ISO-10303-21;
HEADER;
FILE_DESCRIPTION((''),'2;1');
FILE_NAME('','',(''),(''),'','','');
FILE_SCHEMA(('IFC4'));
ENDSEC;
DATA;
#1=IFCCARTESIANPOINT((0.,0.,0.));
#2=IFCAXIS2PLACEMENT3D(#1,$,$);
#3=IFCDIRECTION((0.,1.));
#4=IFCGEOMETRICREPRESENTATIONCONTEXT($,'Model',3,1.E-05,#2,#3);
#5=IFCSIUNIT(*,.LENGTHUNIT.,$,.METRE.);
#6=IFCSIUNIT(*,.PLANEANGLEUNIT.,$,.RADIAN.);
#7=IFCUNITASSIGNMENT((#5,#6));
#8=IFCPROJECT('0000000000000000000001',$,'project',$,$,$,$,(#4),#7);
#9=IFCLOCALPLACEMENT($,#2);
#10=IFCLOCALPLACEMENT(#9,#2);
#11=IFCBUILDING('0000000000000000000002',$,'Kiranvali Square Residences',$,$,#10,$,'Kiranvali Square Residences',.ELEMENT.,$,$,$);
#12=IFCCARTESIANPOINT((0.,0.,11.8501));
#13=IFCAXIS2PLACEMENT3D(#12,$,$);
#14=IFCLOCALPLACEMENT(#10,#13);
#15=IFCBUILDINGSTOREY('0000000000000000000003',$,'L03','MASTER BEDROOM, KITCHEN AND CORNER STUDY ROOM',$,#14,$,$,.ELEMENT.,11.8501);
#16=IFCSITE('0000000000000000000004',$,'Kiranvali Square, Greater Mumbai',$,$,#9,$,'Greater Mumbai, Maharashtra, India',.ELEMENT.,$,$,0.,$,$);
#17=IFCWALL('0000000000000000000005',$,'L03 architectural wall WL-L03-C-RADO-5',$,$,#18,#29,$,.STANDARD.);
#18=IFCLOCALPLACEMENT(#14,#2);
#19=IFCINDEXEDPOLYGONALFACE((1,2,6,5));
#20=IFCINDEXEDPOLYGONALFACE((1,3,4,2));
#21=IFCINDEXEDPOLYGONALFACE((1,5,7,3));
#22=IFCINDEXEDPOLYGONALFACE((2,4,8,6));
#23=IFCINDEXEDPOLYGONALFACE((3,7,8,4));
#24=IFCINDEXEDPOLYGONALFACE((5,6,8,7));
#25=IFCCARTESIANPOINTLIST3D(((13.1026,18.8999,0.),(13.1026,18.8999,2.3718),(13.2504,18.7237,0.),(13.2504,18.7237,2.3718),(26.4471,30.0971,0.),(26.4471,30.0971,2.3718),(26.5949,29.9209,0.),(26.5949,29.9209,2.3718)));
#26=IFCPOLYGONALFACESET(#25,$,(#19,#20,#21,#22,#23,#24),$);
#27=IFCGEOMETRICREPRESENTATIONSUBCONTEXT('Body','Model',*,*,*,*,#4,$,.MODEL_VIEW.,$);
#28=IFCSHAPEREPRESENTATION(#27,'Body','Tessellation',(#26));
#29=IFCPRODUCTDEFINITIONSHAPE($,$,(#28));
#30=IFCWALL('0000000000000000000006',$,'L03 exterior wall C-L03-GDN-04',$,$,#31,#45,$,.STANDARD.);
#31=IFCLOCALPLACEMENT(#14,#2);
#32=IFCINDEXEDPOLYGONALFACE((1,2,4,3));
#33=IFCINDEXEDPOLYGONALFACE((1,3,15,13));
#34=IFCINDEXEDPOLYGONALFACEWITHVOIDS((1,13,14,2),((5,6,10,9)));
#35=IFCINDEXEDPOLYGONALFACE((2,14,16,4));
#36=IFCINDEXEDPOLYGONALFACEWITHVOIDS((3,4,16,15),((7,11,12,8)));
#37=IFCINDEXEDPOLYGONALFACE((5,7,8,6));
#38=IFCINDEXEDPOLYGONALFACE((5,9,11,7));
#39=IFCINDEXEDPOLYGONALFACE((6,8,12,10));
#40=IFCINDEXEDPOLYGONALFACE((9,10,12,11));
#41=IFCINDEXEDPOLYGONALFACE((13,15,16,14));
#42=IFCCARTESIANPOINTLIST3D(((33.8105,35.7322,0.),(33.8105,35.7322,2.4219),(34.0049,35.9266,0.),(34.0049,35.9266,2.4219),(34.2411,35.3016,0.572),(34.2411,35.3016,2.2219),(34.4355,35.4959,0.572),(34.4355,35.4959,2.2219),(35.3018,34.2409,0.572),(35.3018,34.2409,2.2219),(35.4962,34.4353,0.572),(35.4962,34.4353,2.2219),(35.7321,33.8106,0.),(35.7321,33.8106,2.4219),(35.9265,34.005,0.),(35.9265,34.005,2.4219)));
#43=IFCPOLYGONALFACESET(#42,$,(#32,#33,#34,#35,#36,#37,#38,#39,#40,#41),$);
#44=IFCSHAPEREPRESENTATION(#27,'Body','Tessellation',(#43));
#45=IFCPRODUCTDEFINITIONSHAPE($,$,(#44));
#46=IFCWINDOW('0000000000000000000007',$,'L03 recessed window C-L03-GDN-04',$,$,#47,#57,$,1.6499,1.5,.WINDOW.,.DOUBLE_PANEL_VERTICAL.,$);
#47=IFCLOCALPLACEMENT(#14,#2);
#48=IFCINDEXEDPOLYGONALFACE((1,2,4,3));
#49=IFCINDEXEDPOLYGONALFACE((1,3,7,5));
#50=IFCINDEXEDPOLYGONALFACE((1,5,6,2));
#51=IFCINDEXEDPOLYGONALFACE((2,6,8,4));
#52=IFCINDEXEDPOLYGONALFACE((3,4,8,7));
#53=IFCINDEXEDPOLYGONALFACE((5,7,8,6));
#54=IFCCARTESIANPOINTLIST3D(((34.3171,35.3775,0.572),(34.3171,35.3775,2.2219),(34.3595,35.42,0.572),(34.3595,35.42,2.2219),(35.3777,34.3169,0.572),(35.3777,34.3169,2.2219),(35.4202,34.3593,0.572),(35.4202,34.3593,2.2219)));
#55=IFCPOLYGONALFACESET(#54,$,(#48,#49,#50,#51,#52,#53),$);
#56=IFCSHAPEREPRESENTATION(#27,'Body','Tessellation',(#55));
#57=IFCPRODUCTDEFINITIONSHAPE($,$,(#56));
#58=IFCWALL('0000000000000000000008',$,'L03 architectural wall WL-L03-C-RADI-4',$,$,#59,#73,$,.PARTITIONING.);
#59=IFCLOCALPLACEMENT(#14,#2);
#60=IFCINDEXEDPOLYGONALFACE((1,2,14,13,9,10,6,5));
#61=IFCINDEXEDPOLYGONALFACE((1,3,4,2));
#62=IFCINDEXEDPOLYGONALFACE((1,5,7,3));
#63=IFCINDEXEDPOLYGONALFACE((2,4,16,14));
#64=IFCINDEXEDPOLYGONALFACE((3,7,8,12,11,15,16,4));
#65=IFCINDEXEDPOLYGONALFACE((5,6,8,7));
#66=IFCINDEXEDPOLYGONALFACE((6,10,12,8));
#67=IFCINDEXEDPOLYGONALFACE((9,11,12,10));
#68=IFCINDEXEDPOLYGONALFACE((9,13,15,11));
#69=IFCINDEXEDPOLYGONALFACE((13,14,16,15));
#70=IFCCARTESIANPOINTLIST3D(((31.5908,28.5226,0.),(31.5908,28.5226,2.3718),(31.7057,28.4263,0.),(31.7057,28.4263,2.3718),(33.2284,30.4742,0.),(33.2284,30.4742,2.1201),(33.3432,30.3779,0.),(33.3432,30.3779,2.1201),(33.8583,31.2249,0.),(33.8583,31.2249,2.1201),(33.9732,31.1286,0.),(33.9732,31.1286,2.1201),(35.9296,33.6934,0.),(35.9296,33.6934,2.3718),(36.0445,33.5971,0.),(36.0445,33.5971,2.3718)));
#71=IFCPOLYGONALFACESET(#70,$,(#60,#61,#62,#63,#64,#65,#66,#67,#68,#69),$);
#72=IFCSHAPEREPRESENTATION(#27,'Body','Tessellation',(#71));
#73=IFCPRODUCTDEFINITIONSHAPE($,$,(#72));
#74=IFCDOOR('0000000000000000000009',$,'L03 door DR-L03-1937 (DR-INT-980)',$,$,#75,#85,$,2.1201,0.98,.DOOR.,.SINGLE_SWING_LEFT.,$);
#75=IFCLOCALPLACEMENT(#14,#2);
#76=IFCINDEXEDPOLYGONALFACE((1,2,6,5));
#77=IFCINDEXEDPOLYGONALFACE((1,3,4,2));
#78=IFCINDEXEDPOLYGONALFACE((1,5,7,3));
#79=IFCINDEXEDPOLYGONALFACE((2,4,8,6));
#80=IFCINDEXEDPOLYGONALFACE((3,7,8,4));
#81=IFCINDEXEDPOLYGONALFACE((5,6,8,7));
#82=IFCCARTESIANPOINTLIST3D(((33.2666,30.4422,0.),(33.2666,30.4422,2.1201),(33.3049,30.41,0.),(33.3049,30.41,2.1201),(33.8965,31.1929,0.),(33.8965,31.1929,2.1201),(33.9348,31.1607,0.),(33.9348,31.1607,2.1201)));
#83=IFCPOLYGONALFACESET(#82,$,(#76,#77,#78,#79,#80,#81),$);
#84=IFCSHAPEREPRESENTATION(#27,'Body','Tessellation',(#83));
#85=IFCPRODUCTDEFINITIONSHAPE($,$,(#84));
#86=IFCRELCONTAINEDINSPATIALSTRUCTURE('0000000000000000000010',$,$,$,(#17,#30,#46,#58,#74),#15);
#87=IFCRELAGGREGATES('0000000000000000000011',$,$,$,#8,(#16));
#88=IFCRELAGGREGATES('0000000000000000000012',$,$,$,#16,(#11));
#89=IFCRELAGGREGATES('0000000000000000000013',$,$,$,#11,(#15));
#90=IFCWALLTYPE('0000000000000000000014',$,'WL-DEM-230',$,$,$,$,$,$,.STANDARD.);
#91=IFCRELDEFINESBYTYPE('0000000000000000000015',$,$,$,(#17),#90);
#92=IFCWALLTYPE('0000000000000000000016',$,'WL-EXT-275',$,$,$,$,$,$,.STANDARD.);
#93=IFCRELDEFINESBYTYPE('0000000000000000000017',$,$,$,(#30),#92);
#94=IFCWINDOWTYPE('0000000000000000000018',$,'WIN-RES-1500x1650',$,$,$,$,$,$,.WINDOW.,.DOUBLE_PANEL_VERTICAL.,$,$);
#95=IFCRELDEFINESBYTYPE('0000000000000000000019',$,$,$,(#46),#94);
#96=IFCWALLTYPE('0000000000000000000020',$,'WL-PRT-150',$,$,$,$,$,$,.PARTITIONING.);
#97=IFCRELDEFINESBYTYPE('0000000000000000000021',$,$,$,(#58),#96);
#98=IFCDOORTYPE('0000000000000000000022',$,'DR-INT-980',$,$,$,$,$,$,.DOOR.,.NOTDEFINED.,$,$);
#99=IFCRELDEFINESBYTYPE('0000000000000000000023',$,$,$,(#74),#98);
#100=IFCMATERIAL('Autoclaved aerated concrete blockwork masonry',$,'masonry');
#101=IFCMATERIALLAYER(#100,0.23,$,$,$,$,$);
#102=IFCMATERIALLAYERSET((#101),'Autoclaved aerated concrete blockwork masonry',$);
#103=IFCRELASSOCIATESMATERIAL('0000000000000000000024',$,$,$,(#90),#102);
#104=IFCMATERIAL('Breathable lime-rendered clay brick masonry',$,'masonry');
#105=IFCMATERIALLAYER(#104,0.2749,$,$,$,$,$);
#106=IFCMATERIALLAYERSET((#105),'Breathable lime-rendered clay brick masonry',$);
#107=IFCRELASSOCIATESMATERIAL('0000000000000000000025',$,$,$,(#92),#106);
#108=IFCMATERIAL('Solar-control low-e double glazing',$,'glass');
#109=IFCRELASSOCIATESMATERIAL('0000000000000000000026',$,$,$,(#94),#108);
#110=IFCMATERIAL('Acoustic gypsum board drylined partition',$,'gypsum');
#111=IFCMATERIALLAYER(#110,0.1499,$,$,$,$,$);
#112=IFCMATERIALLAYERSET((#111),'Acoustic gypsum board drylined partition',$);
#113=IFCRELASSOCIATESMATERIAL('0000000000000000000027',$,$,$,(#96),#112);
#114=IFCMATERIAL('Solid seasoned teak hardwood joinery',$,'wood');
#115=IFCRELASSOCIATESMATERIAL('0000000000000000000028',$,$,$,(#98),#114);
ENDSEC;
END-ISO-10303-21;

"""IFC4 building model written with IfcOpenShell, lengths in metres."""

from ifc_helpers import new_model, si_unit, direction, frame, frame_2d, origin, place, context, subcontext, project, spatial, rectangle, extrude, material, layer, layer_set, type_object, element, fill, save


model = new_model("IFC4")

# Units and contexts
model_context = context("Model", 3, precision=1e-05, world=origin(), true_north=direction((0.0, 1.0)))
body_context = subcontext(model_context, "Body", "Model", "MODEL_VIEW")
ifc_project = project(units=[si_unit("LENGTHUNIT", "METRE"), si_unit("PLANEANGLEUNIT", "RADIAN")], contexts=[model_context])

# Site, building, storey
site_placement = place(None, origin())
site = spatial("IfcSite", under=ifc_project, at=site_placement, Name="Kiranvali Square, Greater Mumbai", LongName="Greater Mumbai, Maharashtra, India", CompositionType="ELEMENT", RefElevation=0.0)
building_placement = place(site_placement, origin())
building = spatial("IfcBuilding", under=site, at=building_placement, Name="Kiranvali Square Residences", LongName="Kiranvali Square Residences", CompositionType="ELEMENT")
storey_placement = place(building_placement, frame((0.0, 0.0, 11.8501)))
storey = spatial("IfcBuildingStorey", under=building, at=storey_placement, Name="L03", Description="MASTER BEDROOM, KITCHEN AND CORNER STUDY ROOM", CompositionType="ELEMENT", Elevation=11.8501)

# Shared definitions
ifc_material_1 = material(Name="Autoclaved aerated concrete blockwork masonry", Category="masonry")

# Wall
ifc_layer_1 = layer(ifc_material_1, 0.23)
ifc_layer_set_1 = layer_set([ifc_layer_1], Name="Autoclaved aerated concrete blockwork masonry")
wall_type_1 = type_object("IfcWallType", Name="WL-DEM-230", PredefinedType="STANDARD", material=ifc_layer_set_1)
wall_1_placement = place(storey_placement, frame((26.521, 30.009, 0.0), z_axis=(0.0, 0.0, 1.0), x_axis=(-0.766047, -0.642785, 0.0)))
element("IfcWall", 1, at=wall_1_placement, inside=storey, type_object=wall_type_1, Name="L03 architectural wall WL-L03-C-RADO-5", PredefinedType="STANDARD", context=body_context, shape_type="SweptSolid", body=[
    extrude(rectangle(XDim=17.4199, YDim=0.23, at=frame_2d((8.71, 0.0))), origin(), (0.0, 0.0, 1.0), 2.3718),
])

# Wall, opening, window
ifc_material_2 = material(Name="Breathable lime-rendered clay brick masonry", Category="masonry")
ifc_layer_2 = layer(ifc_material_2, 0.2749)
ifc_layer_set_2 = layer_set([ifc_layer_2], Name="Breathable lime-rendered clay brick masonry")
wall_type_2 = type_object("IfcWallType", Name="WL-EXT-275", PredefinedType="STANDARD", material=ifc_layer_set_2)
wall_2_placement = place(storey_placement, frame((35.8293, 33.9077, 0.0), z_axis=(0.0, 0.0, 1.0), x_axis=(-0.707107, 0.707107, 0.0)))
wall_2 = element("IfcWall", 2, at=wall_2_placement, inside=storey, type_object=wall_type_2, Name="L03 exterior wall C-L03-GDN-04", PredefinedType="STANDARD", context=body_context, shape_type="SweptSolid", body=[
    extrude(rectangle(XDim=2.7175, YDim=0.2749, at=frame_2d((1.3589, 0.0))), origin(), (0.0, 0.0, 1.0), 2.4219),
])
opening_1_placement = place(wall_2_placement, frame((0.6086, 0.0, 0.572)))
opening_1 = element("IfcOpeningElement", 3, at=opening_1_placement, cuts=wall_2, PredefinedType="OPENING", context=body_context, shape_type="SweptSolid", body=[
    extrude(rectangle(XDim=1.5, YDim=1.6499, at=frame_2d((0.75, 0.825))), frame((0.0, 0.1475, 0.0), z_axis=(0.0, -1.0, 0.0), x_axis=(1.0, 0.0, 0.0)), (0.0, 0.0, 1.0), 0.2949),
])
ifc_material_3 = material(Name="Solar-control low-e double glazing", Category="glass")
window_type = type_object("IfcWindowType", Name="WIN-RES-1500x1650", PartitioningType="DOUBLE_PANEL_VERTICAL", PredefinedType="WINDOW", material=ifc_material_3)
window_placement = place(opening_1_placement, origin())
window = element("IfcWindow", 4, at=window_placement, inside=storey, type_object=window_type, Name="L03 recessed window C-L03-GDN-04", OverallHeight=1.6499, OverallWidth=1.5, PartitioningType="DOUBLE_PANEL_VERTICAL", PredefinedType="WINDOW", context=body_context, shape_type="SweptSolid", body=[
    extrude(rectangle(XDim=1.5, YDim=1.6499, at=frame_2d((0.75, 0.825))), frame((0.0, 0.03, 0.0), z_axis=(0.0, -1.0, 0.0), x_axis=(1.0, 0.0, 0.0)), (0.0, 0.0, 1.0), 0.0601),
])
fill(opening_1, window)

# Wall, opening, door
ifc_material_4 = material(Name="Acoustic gypsum board drylined partition", Category="gypsum")
ifc_layer_3 = layer(ifc_material_4, 0.1499)
ifc_layer_set_3 = layer_set([ifc_layer_3], Name="Acoustic gypsum board drylined partition")
wall_type_3 = type_object("IfcWallType", Name="WL-PRT-150", PredefinedType="PARTITIONING", material=ifc_layer_set_3)
wall_3_placement = place(storey_placement, frame((35.9871, 33.6453, 0.0), z_axis=(0.0, 0.0, 1.0), x_axis=(-0.642785, -0.766047, 0.0)))
wall_3 = element("IfcWall", 5, at=wall_3_placement, inside=storey, type_object=wall_type_3, Name="L03 architectural wall WL-L03-C-RADI-4", PredefinedType="PARTITIONING", context=body_context, shape_type="SweptSolid", body=[
    extrude(rectangle(XDim=6.75, YDim=0.1499, at=frame_2d((3.375, 0.0))), origin(), (0.0, 0.0, 1.0), 2.3718),
])
opening_2_placement = place(wall_3_placement, frame((3.2224, 0.0, 0.0)))
opening_2 = element("IfcOpeningElement", 6, at=opening_2_placement, cuts=wall_3, PredefinedType="OPENING", context=body_context, shape_type="SweptSolid", body=[
    extrude(rectangle(XDim=0.98, YDim=2.1201, at=frame_2d((0.49, 1.0601))), frame((0.0, 0.085, 0.0), z_axis=(0.0, -1.0, 0.0), x_axis=(1.0, 0.0, 0.0)), (0.0, 0.0, 1.0), 0.1699),
])
ifc_material_5 = material(Name="Solid seasoned teak hardwood joinery", Category="wood")
door_type_1 = type_object("IfcDoorType", Name="DR-INT-980", OperationType="NOTDEFINED", PredefinedType="DOOR", material=ifc_material_5)
door_1_placement = place(opening_2_placement, origin())
door_1 = element("IfcDoor", 7, at=door_1_placement, inside=storey, type_object=door_type_1, Name="L03 door DR-L03-1937 (DR-INT-980)", OperationType="SINGLE_SWING_LEFT", OverallHeight=2.1201, OverallWidth=0.98, PredefinedType="DOOR", context=body_context, shape_type="SweptSolid", body=[
    extrude(rectangle(XDim=0.98, YDim=2.1201, at=frame_2d((0.49, 1.0601))), frame((0.0, 0.0249, 0.0), z_axis=(0.0, -1.0, 0.0), x_axis=(1.0, 0.0, 0.0)), (0.0, 0.0, 1.0), 0.05),
])
fill(opening_2, door_1)

save(model, "model.ifc")
